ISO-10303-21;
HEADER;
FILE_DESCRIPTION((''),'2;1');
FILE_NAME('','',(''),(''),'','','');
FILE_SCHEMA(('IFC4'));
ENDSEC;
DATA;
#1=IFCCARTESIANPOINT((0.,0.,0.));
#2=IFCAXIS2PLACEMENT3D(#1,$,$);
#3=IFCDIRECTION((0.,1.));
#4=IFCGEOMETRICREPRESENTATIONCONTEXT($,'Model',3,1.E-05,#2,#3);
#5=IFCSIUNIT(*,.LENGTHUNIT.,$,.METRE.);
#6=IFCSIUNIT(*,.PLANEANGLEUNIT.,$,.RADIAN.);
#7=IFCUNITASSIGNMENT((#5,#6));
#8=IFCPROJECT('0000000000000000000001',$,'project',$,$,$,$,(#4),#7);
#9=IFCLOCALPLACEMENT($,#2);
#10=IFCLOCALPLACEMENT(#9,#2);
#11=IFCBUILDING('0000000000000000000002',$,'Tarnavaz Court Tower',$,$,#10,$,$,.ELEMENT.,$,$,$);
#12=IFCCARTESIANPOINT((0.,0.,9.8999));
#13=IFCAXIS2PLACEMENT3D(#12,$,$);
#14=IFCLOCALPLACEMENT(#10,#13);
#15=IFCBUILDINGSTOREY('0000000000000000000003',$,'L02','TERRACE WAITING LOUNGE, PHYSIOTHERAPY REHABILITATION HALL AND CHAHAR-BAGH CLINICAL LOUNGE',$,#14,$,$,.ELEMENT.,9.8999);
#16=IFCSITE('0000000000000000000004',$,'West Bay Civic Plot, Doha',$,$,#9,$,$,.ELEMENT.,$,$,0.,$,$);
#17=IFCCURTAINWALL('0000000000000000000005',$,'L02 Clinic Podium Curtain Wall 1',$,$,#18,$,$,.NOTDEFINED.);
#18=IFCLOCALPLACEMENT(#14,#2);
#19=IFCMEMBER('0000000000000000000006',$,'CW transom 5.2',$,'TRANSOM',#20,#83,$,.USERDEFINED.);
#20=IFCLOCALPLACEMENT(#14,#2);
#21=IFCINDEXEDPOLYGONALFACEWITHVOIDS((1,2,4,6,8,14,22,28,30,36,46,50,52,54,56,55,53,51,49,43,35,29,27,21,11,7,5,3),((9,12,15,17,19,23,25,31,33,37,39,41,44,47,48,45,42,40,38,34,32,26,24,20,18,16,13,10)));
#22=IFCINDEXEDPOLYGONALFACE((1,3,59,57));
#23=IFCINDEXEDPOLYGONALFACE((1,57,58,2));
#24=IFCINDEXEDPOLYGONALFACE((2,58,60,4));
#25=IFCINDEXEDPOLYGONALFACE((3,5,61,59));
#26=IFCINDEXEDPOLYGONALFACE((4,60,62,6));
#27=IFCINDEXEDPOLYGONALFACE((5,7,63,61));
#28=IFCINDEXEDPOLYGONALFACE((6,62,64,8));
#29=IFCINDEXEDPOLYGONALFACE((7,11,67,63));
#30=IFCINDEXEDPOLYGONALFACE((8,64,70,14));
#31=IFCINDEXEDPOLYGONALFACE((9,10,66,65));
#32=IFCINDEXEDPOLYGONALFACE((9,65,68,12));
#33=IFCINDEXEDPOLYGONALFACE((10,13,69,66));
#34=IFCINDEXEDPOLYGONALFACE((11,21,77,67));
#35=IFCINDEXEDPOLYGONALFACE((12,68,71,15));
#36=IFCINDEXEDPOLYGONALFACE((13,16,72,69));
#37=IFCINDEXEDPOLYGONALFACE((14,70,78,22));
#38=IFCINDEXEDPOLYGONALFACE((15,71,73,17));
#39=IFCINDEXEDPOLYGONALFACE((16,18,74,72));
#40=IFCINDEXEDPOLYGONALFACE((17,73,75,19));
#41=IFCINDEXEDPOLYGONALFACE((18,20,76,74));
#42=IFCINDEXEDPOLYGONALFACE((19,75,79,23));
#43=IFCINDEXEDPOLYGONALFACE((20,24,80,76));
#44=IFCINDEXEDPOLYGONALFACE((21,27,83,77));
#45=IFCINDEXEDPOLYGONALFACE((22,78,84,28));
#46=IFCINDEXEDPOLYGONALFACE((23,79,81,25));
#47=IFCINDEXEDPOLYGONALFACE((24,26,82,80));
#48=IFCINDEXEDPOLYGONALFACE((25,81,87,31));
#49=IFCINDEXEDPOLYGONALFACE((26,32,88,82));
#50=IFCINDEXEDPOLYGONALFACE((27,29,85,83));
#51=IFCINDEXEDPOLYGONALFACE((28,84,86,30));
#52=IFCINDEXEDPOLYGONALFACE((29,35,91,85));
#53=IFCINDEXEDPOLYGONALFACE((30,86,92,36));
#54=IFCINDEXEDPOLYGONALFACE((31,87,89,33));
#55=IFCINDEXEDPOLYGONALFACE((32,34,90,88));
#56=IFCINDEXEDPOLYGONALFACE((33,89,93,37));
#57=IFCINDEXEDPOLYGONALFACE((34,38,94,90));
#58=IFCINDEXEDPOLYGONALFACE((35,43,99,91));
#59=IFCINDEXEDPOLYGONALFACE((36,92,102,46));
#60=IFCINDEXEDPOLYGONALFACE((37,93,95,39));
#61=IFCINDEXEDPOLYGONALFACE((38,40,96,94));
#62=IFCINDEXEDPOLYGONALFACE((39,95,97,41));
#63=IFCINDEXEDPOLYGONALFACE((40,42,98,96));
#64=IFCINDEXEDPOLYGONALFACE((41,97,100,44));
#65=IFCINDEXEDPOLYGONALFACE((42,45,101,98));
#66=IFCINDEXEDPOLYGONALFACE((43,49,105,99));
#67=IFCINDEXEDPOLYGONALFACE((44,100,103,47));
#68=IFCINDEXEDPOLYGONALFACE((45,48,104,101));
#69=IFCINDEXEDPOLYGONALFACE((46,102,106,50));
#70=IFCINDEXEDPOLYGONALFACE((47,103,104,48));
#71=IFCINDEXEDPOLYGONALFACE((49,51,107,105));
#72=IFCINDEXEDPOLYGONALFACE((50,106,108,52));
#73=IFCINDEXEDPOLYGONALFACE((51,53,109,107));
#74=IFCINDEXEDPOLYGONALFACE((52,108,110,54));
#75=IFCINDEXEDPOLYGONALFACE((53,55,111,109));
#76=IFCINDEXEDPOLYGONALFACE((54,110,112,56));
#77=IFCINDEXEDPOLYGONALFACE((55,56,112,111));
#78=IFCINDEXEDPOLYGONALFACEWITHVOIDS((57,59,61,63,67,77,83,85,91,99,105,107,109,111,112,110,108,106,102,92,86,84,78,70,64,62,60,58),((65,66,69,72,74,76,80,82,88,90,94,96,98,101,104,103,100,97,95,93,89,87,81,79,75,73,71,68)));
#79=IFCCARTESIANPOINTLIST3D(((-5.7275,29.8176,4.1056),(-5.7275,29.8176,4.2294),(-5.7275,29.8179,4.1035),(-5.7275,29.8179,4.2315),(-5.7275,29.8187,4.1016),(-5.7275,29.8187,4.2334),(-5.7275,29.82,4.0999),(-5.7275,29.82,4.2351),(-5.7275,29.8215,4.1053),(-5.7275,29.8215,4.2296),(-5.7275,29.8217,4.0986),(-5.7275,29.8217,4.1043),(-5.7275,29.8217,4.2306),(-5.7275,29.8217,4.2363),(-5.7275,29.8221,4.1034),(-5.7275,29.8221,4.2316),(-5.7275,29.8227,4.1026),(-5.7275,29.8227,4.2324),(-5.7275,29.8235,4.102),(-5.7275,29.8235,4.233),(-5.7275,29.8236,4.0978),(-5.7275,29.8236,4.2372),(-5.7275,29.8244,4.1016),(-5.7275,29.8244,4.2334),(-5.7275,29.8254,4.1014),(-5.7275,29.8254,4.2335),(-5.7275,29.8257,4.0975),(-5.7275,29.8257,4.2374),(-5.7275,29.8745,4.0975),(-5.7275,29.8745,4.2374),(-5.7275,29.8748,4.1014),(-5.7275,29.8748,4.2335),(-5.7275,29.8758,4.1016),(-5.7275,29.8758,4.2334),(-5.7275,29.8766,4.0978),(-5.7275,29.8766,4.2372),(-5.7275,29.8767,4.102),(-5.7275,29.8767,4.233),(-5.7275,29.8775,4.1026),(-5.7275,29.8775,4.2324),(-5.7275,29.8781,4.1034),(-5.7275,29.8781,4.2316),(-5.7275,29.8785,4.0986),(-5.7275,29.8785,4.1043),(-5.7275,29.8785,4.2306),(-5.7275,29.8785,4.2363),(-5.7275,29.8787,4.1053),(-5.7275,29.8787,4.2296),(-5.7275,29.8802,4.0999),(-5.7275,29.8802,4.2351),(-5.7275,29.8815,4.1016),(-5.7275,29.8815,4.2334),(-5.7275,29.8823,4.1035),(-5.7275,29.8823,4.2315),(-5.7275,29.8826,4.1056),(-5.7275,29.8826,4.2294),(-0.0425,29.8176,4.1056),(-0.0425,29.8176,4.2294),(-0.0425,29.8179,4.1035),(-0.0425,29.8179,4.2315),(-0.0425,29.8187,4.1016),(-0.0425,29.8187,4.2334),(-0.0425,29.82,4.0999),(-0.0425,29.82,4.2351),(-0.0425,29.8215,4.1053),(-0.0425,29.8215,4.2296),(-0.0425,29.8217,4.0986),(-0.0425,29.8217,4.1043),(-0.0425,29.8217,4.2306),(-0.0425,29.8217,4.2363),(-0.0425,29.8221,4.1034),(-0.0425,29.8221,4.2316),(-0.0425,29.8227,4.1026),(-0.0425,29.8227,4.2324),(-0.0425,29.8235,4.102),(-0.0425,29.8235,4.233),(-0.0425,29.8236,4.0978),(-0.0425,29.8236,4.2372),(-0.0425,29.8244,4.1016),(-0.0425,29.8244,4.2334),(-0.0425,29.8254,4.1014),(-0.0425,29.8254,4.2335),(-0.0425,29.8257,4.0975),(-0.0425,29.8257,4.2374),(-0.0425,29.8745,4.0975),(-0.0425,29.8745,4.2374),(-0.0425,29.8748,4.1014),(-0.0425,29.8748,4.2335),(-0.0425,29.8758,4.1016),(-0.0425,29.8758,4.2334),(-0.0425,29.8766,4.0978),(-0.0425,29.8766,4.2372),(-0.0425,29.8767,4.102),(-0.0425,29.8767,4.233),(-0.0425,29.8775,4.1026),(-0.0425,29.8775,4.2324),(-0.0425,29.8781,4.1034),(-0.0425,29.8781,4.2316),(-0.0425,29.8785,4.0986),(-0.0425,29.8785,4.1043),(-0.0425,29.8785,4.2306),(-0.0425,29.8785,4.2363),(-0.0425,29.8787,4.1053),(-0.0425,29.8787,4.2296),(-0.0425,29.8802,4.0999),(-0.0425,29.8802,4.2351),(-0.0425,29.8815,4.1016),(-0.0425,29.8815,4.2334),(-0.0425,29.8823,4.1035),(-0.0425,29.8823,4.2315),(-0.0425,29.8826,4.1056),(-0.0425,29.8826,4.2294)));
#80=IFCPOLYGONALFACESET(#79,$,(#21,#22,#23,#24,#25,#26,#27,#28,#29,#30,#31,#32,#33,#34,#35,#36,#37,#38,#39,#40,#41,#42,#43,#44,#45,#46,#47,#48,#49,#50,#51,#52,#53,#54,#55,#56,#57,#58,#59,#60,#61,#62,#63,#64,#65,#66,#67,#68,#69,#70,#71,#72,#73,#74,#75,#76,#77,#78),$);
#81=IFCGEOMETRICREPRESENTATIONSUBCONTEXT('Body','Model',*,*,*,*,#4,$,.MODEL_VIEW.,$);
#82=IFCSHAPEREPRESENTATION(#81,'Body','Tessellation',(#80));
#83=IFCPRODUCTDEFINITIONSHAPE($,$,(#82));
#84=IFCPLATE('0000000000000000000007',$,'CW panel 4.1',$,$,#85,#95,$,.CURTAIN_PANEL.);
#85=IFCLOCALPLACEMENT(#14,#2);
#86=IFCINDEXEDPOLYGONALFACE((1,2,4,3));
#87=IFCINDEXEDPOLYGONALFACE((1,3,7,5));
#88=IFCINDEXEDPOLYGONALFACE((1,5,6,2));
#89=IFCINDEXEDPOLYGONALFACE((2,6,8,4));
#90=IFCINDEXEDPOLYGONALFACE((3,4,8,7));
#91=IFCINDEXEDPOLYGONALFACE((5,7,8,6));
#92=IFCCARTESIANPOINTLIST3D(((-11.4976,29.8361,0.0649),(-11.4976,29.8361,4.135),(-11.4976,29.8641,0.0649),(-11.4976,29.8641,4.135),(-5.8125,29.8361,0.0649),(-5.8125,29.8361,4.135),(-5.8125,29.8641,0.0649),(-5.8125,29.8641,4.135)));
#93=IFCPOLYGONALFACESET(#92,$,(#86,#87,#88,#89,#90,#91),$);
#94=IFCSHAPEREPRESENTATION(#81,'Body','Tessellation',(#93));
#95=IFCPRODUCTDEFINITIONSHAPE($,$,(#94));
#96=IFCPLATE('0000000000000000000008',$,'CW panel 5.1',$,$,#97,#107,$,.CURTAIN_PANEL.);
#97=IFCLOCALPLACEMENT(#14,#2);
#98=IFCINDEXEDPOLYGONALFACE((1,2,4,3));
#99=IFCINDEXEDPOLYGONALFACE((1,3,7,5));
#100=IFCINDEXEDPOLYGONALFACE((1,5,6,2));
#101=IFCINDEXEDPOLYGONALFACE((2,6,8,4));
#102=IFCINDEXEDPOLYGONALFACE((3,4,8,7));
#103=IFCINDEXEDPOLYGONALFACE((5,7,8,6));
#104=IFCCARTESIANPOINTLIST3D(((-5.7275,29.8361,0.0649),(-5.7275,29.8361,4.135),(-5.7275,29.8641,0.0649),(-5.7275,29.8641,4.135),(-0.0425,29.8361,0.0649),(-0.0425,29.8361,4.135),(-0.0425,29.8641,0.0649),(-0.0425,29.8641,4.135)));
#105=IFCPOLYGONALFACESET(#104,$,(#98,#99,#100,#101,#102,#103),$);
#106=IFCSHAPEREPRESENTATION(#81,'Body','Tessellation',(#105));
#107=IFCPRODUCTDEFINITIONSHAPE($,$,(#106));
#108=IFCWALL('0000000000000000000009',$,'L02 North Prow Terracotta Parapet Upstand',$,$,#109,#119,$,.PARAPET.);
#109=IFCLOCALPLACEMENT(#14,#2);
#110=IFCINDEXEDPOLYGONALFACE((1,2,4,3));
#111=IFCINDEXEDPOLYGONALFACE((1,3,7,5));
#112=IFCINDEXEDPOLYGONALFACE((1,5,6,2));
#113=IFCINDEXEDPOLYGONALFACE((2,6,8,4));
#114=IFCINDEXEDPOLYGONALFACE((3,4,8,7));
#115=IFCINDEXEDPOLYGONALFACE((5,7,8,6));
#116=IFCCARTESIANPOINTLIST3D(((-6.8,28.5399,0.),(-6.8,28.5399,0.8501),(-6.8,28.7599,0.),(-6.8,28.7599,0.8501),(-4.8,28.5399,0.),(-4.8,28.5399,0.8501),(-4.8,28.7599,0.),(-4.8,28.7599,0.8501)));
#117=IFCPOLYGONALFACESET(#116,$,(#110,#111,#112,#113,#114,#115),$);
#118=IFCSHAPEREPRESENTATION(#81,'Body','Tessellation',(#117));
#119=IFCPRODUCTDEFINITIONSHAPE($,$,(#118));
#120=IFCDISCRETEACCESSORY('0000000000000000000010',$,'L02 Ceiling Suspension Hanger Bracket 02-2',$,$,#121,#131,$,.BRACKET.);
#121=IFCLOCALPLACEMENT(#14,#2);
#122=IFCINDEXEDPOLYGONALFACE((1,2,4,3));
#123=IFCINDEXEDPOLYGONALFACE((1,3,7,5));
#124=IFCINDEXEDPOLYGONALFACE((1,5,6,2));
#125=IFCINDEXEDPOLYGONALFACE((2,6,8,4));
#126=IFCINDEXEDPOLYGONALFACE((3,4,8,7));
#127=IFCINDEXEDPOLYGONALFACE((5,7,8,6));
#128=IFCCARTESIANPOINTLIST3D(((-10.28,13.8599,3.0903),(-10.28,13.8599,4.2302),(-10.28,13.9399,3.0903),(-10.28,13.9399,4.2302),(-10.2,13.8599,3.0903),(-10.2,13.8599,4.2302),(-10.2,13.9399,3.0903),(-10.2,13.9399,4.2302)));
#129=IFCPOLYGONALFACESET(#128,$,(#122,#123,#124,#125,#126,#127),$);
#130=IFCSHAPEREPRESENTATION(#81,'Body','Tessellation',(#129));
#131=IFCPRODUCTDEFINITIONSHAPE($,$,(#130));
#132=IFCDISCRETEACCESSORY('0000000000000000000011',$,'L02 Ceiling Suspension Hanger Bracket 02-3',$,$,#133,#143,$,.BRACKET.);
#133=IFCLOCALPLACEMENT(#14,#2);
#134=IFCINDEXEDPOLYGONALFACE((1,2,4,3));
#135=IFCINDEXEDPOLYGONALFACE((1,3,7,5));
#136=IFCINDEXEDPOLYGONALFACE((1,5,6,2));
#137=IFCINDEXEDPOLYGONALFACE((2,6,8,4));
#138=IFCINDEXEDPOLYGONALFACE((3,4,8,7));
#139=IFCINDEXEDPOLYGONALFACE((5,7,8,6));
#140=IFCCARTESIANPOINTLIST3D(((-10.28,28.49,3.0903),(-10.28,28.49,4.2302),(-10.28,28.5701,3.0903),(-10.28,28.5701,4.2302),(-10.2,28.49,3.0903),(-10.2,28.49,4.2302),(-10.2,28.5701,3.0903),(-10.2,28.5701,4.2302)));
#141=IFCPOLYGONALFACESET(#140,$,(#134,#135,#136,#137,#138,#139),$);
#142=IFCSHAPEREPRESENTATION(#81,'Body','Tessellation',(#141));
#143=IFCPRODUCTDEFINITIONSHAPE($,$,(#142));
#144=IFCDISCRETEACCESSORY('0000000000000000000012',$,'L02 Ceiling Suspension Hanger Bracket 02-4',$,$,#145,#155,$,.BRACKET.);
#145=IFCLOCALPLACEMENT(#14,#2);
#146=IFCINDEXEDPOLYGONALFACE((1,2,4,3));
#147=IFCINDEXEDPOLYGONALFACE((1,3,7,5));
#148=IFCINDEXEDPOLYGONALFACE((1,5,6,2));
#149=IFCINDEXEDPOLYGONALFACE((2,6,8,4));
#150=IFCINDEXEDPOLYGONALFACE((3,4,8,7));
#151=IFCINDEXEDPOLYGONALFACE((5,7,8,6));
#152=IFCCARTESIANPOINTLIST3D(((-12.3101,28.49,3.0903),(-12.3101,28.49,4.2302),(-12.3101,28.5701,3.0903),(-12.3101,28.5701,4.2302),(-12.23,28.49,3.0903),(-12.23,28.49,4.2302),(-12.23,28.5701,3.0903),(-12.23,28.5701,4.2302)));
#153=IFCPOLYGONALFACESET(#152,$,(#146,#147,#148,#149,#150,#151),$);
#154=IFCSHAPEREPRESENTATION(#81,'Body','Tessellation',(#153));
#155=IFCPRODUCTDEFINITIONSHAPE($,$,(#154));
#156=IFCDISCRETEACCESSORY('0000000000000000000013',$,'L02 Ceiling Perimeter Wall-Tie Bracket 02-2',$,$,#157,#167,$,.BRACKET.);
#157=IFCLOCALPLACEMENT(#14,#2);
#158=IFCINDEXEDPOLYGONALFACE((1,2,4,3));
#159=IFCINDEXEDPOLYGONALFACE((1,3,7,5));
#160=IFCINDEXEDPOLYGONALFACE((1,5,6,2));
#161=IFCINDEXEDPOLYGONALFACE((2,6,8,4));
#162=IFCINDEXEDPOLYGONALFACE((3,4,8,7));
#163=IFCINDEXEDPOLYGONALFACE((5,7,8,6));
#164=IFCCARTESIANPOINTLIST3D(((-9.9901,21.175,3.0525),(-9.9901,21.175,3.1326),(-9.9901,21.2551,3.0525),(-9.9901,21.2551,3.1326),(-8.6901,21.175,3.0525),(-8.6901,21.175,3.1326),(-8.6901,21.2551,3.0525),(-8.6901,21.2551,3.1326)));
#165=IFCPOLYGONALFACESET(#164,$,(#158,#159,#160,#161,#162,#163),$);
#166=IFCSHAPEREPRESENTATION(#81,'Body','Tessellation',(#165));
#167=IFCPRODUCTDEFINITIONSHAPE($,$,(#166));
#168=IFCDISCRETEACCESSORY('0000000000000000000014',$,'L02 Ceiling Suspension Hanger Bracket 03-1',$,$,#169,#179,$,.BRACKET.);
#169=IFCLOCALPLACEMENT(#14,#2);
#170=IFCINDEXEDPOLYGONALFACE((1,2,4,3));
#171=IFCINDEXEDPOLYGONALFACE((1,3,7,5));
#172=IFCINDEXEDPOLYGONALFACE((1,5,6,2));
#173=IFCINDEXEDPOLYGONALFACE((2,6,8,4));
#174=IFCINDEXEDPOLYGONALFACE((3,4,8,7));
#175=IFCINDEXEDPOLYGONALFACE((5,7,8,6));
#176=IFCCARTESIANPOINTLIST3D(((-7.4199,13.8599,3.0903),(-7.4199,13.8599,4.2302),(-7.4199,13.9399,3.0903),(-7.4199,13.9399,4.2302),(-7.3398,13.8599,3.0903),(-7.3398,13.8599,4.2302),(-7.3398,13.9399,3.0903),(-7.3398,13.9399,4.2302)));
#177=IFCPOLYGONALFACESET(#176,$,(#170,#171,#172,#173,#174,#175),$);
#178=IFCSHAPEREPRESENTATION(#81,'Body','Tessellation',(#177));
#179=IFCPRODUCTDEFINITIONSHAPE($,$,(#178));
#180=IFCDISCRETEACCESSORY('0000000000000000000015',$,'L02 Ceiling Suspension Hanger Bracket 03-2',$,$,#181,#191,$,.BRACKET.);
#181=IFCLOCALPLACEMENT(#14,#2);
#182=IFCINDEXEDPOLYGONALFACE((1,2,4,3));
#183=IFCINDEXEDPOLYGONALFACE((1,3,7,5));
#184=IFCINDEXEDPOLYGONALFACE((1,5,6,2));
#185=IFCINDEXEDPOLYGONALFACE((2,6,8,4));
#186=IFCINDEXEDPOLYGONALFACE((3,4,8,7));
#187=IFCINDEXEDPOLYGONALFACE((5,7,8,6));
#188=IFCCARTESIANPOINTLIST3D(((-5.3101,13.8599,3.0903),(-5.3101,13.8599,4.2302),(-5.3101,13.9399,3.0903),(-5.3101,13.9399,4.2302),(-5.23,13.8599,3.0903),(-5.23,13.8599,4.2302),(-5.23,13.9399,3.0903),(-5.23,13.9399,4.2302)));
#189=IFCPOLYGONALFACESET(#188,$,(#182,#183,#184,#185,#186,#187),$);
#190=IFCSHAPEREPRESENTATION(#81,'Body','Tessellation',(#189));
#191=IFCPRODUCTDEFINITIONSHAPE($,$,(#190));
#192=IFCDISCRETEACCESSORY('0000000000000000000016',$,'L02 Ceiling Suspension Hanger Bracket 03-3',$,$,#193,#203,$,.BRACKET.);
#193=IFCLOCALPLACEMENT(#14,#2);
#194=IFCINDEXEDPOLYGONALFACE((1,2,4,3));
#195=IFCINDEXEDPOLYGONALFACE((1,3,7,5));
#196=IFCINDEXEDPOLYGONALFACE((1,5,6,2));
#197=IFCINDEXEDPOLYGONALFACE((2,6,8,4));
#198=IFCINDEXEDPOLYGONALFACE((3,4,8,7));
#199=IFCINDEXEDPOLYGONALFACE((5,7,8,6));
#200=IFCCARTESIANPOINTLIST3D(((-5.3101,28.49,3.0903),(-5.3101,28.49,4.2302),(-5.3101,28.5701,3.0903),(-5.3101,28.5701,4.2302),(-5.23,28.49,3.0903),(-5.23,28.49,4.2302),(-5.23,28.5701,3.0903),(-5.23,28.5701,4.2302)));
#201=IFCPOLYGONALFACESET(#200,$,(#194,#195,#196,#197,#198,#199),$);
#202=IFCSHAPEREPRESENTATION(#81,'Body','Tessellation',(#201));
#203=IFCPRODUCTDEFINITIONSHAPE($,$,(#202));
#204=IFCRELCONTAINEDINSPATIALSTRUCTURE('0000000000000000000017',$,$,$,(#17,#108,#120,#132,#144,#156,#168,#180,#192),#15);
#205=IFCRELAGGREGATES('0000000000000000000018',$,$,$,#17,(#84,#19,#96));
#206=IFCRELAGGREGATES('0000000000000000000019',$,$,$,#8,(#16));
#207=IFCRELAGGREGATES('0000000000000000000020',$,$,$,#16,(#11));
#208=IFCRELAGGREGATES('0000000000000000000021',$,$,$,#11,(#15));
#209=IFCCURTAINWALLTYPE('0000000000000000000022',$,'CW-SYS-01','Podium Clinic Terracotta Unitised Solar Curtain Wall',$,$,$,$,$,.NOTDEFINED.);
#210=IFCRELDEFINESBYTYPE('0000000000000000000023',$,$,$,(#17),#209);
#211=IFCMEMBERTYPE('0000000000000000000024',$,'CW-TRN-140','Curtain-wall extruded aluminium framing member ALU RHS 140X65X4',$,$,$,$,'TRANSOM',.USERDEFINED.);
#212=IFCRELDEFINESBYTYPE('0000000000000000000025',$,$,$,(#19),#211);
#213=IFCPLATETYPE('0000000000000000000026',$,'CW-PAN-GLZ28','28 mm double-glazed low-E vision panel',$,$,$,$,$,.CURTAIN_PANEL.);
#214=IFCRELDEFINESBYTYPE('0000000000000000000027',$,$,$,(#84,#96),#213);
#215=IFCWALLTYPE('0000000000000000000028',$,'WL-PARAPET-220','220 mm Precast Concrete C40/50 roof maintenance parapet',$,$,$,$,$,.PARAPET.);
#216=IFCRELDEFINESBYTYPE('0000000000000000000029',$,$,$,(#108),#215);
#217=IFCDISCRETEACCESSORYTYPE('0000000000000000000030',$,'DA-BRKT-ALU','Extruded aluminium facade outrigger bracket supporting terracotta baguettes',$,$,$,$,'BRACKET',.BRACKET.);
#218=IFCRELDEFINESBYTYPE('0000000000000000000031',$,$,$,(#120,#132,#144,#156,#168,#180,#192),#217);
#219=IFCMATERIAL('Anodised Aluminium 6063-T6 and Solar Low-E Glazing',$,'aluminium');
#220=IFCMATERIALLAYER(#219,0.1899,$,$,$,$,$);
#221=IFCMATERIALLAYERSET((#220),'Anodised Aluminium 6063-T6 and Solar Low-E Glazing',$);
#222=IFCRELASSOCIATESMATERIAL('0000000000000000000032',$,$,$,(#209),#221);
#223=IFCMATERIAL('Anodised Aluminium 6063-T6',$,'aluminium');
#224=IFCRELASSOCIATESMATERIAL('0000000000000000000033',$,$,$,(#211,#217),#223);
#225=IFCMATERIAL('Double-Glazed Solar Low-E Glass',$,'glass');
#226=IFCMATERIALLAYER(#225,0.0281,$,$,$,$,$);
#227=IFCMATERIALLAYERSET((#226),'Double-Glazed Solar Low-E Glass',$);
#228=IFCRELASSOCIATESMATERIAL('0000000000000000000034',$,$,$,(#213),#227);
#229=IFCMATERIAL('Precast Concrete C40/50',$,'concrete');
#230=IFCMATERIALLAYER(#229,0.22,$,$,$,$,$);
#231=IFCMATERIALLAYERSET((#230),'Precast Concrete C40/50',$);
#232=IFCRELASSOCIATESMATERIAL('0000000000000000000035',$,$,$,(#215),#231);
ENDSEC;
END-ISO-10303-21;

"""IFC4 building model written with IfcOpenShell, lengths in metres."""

from ifc_helpers import new_model, si_unit, direction, frame, frame_2d, origin, origin_2d, place, context, subcontext, project, spatial, rectangle, hollow_rectangle, extrude, material, layer, layer_set, material_profile, profile_set, type_object, element, aggregate, save


model = new_model("IFC4")

# Units and contexts
model_context = context("Model", 3, precision=1e-05, world=origin(), true_north=direction((0.0, 1.0)))
body_context = subcontext(model_context, "Body", "Model", "MODEL_VIEW")
ifc_project = project(units=[si_unit("LENGTHUNIT", "METRE"), si_unit("PLANEANGLEUNIT", "RADIAN")], contexts=[model_context])

# Site, building, storey
site_placement = place(None, origin())
site = spatial("IfcSite", under=ifc_project, at=site_placement, Name="West Bay Civic Plot, Doha", CompositionType="ELEMENT", RefElevation=0.0)
building_placement = place(site_placement, origin())
building = spatial("IfcBuilding", under=site, at=building_placement, Name="Tarnavaz Court Tower", CompositionType="ELEMENT")
storey_placement = place(building_placement, frame((0.0, 0.0, 9.8999)))
storey = spatial("IfcBuildingStorey", under=building, at=storey_placement, Name="L02", Description="TERRACE WAITING LOUNGE, PHYSIOTHERAPY REHABILITATION HALL AND CHAHAR-BAGH CLINICAL LOUNGE", CompositionType="ELEMENT", Elevation=9.8999)

# Curtain wall, member, plates
ifc_material_1 = material(Name="Anodised Aluminium 6063-T6 and Solar Low-E Glazing", Category="aluminium")
ifc_layer_1 = layer(ifc_material_1, 0.1899)
ifc_layer_set_1 = layer_set([ifc_layer_1], Name="Anodised Aluminium 6063-T6 and Solar Low-E Glazing")
curtain_wall_type = type_object("IfcCurtainWallType", Name="CW-SYS-01", Description="Podium Clinic Terracotta Unitised Solar Curtain Wall", PredefinedType="NOTDEFINED", material=ifc_layer_set_1)
curtain_wall_placement = place(storey_placement, origin())
curtain_wall = element("IfcCurtainWall", 1, at=curtain_wall_placement, inside=storey, type_object=curtain_wall_type, Name="L02 Clinic Podium Curtain Wall 1", PredefinedType="NOTDEFINED")
ifc_material_2 = material(Name="Anodised Aluminium 6063-T6", Category="aluminium")
ifc_material_profile_1 = material_profile(ifc_material_2, hollow_rectangle(XDim=0.0649, YDim=0.1399, WallThickness=0.0039, InnerFilletRadius=0.0039, OuterFilletRadius=0.0081, at=origin_2d()), Name="ALU RHS 140X65X4")
ifc_profile_set_1 = profile_set([ifc_material_profile_1], Name="Anodised Aluminium 6063-T6")
member_type_1 = type_object("IfcMemberType", Name="CW-TRN-140", Description="Curtain-wall extruded aluminium framing member ALU RHS 140X65X4", ElementType="TRANSOM", PredefinedType="USERDEFINED", material=ifc_profile_set_1)
member_1_placement = place(storey_placement, frame((-5.7275, 29.8501, 4.1675), z_axis=(1.0, 0.0, 0.0), x_axis=(0.0, 1.0, 0.0)))
member_1 = element("IfcMember", 2, at=member_1_placement, type_object=member_type_1, Name="CW transom 5.2", ObjectType="TRANSOM", PredefinedType="USERDEFINED", context=body_context, shape_type="SweptSolid", body=[
    extrude(hollow_rectangle(XDim=0.0649, YDim=0.1399, WallThickness=0.0039, InnerFilletRadius=0.0039, OuterFilletRadius=0.0081, at=origin_2d()), origin(), (0.0, 0.0, 1.0), 5.6851),
])
ifc_material_3 = material(Name="Double-Glazed Solar Low-E Glass", Category="glass")
ifc_layer_2 = layer(ifc_material_3, 0.0281)
ifc_layer_set_2 = layer_set([ifc_layer_2], Name="Double-Glazed Solar Low-E Glass")
plate_type = type_object("IfcPlateType", Name="CW-PAN-GLZ28", Description="28 mm double-glazed low-E vision panel", PredefinedType="CURTAIN_PANEL", material=ifc_layer_set_2)
plate_1_placement = place(storey_placement, frame((-8.655, 29.8501, 0.0649), z_axis=(0.0, 0.0, 1.0), x_axis=(1.0, 0.0, 0.0)))
plate_1 = element("IfcPlate", 3, at=plate_1_placement, type_object=plate_type, Name="CW panel 4.1", PredefinedType="CURTAIN_PANEL", context=body_context, shape_type="SweptSolid", body=[
    extrude(rectangle(XDim=5.6851, YDim=0.0281, at=origin_2d()), origin(), (0.0, 0.0, 1.0), 4.0701),
])
plate_2_placement = place(storey_placement, frame((-2.885, 29.8501, 0.0649), z_axis=(0.0, 0.0, 1.0), x_axis=(1.0, 0.0, 0.0)))
plate_2 = element("IfcPlate", 4, at=plate_2_placement, type_object=plate_type, Name="CW panel 5.1", PredefinedType="CURTAIN_PANEL", context=body_context, shape_type="SweptSolid", body=[
    extrude(rectangle(XDim=5.6851, YDim=0.0281, at=origin_2d()), origin(), (0.0, 0.0, 1.0), 4.0701),
])
aggregate(curtain_wall, [plate_1, member_1, plate_2])

# Wall
ifc_material_4 = material(Name="Precast Concrete C40/50", Category="concrete")
ifc_layer_3 = layer(ifc_material_4, 0.22)
ifc_layer_set_3 = layer_set([ifc_layer_3], Name="Precast Concrete C40/50")
wall_type = type_object("IfcWallType", Name="WL-PARAPET-220", Description="220 mm Precast Concrete C40/50 roof maintenance parapet", PredefinedType="PARAPET", material=ifc_layer_set_3)
wall_placement = place(storey_placement, frame((-6.8, 28.6499, 0.0), z_axis=(0.0, 0.0, 1.0), x_axis=(1.0, 0.0, 0.0)))
element("IfcWall", 5, at=wall_placement, inside=storey, type_object=wall_type, Name="L02 North Prow Terracotta Parapet Upstand", PredefinedType="PARAPET", context=body_context, shape_type="SweptSolid", body=[
    extrude(rectangle(XDim=2.0, YDim=0.22, at=frame_2d((1.0, 0.0))), origin(), (0.0, 0.0, 1.0), 0.8501),
])

# Discrete accessories
discrete_accessory_type = type_object("IfcDiscreteAccessoryType", Name="DA-BRKT-ALU", Description="Extruded aluminium facade outrigger bracket supporting terracotta baguettes", ElementType="BRACKET", PredefinedType="BRACKET", material=ifc_material_2)
for number, where, z_axis, x_axis, name in (
    (6, (-10.24, 13.8999, 3.0903), (0.0, 0.0, 1.0), (1.0, 0.0, 0.0), "L02 Ceiling Suspension Hanger Bracket 02-2"),
    (7, (-10.24, 28.53, 3.0903), (0.0, 0.0, 1.0), (1.0, 0.0, 0.0), "L02 Ceiling Suspension Hanger Bracket 02-3"),
    (8, (-12.27, 28.53, 3.0903), (0.0, 0.0, 1.0), (1.0, 0.0, 0.0), "L02 Ceiling Suspension Hanger Bracket 02-4"),
):
    element("IfcDiscreteAccessory", number, at=place(storey_placement, frame(where, z_axis=z_axis, x_axis=x_axis)), inside=storey, type_object=discrete_accessory_type, Name=name, PredefinedType="BRACKET", context=body_context, shape_type="SweptSolid", body=[
        extrude(rectangle(XDim=0.0801, YDim=0.0801, at=origin_2d()), origin(), (0.0, 0.0, 1.0), 1.1399),
    ])
discrete_accessory_placement = place(storey_placement, frame((-9.3401, 21.2151, 3.0525), z_axis=(0.0, 0.0, 1.0), x_axis=(1.0, 0.0, 0.0)))
element("IfcDiscreteAccessory", 9, at=discrete_accessory_placement, inside=storey, type_object=discrete_accessory_type, Name="L02 Ceiling Perimeter Wall-Tie Bracket 02-2", PredefinedType="BRACKET", context=body_context, shape_type="SweptSolid", body=[
    extrude(rectangle(XDim=1.3, YDim=0.0801, at=origin_2d()), origin(), (0.0, 0.0, 1.0), 0.0801),
])
for number, where, z_axis, x_axis, name in (
    (10, (-7.3799, 13.8999, 3.0903), (0.0, 0.0, 1.0), (1.0, 0.0, 0.0), "L02 Ceiling Suspension Hanger Bracket 03-1"),
    (11, (-5.27, 13.8999, 3.0903), (0.0, 0.0, 1.0), (1.0, 0.0, 0.0), "L02 Ceiling Suspension Hanger Bracket 03-2"),
    (12, (-5.27, 28.53, 3.0903), (0.0, 0.0, 1.0), (1.0, 0.0, 0.0), "L02 Ceiling Suspension Hanger Bracket 03-3"),
):
    element("IfcDiscreteAccessory", number, at=place(storey_placement, frame(where, z_axis=z_axis, x_axis=x_axis)), inside=storey, type_object=discrete_accessory_type, Name=name, PredefinedType="BRACKET", context=body_context, shape_type="SweptSolid", body=[
        extrude(rectangle(XDim=0.0801, YDim=0.0801, at=origin_2d()), origin(), (0.0, 0.0, 1.0), 1.1399),
    ])

save(model, "model.ifc")
